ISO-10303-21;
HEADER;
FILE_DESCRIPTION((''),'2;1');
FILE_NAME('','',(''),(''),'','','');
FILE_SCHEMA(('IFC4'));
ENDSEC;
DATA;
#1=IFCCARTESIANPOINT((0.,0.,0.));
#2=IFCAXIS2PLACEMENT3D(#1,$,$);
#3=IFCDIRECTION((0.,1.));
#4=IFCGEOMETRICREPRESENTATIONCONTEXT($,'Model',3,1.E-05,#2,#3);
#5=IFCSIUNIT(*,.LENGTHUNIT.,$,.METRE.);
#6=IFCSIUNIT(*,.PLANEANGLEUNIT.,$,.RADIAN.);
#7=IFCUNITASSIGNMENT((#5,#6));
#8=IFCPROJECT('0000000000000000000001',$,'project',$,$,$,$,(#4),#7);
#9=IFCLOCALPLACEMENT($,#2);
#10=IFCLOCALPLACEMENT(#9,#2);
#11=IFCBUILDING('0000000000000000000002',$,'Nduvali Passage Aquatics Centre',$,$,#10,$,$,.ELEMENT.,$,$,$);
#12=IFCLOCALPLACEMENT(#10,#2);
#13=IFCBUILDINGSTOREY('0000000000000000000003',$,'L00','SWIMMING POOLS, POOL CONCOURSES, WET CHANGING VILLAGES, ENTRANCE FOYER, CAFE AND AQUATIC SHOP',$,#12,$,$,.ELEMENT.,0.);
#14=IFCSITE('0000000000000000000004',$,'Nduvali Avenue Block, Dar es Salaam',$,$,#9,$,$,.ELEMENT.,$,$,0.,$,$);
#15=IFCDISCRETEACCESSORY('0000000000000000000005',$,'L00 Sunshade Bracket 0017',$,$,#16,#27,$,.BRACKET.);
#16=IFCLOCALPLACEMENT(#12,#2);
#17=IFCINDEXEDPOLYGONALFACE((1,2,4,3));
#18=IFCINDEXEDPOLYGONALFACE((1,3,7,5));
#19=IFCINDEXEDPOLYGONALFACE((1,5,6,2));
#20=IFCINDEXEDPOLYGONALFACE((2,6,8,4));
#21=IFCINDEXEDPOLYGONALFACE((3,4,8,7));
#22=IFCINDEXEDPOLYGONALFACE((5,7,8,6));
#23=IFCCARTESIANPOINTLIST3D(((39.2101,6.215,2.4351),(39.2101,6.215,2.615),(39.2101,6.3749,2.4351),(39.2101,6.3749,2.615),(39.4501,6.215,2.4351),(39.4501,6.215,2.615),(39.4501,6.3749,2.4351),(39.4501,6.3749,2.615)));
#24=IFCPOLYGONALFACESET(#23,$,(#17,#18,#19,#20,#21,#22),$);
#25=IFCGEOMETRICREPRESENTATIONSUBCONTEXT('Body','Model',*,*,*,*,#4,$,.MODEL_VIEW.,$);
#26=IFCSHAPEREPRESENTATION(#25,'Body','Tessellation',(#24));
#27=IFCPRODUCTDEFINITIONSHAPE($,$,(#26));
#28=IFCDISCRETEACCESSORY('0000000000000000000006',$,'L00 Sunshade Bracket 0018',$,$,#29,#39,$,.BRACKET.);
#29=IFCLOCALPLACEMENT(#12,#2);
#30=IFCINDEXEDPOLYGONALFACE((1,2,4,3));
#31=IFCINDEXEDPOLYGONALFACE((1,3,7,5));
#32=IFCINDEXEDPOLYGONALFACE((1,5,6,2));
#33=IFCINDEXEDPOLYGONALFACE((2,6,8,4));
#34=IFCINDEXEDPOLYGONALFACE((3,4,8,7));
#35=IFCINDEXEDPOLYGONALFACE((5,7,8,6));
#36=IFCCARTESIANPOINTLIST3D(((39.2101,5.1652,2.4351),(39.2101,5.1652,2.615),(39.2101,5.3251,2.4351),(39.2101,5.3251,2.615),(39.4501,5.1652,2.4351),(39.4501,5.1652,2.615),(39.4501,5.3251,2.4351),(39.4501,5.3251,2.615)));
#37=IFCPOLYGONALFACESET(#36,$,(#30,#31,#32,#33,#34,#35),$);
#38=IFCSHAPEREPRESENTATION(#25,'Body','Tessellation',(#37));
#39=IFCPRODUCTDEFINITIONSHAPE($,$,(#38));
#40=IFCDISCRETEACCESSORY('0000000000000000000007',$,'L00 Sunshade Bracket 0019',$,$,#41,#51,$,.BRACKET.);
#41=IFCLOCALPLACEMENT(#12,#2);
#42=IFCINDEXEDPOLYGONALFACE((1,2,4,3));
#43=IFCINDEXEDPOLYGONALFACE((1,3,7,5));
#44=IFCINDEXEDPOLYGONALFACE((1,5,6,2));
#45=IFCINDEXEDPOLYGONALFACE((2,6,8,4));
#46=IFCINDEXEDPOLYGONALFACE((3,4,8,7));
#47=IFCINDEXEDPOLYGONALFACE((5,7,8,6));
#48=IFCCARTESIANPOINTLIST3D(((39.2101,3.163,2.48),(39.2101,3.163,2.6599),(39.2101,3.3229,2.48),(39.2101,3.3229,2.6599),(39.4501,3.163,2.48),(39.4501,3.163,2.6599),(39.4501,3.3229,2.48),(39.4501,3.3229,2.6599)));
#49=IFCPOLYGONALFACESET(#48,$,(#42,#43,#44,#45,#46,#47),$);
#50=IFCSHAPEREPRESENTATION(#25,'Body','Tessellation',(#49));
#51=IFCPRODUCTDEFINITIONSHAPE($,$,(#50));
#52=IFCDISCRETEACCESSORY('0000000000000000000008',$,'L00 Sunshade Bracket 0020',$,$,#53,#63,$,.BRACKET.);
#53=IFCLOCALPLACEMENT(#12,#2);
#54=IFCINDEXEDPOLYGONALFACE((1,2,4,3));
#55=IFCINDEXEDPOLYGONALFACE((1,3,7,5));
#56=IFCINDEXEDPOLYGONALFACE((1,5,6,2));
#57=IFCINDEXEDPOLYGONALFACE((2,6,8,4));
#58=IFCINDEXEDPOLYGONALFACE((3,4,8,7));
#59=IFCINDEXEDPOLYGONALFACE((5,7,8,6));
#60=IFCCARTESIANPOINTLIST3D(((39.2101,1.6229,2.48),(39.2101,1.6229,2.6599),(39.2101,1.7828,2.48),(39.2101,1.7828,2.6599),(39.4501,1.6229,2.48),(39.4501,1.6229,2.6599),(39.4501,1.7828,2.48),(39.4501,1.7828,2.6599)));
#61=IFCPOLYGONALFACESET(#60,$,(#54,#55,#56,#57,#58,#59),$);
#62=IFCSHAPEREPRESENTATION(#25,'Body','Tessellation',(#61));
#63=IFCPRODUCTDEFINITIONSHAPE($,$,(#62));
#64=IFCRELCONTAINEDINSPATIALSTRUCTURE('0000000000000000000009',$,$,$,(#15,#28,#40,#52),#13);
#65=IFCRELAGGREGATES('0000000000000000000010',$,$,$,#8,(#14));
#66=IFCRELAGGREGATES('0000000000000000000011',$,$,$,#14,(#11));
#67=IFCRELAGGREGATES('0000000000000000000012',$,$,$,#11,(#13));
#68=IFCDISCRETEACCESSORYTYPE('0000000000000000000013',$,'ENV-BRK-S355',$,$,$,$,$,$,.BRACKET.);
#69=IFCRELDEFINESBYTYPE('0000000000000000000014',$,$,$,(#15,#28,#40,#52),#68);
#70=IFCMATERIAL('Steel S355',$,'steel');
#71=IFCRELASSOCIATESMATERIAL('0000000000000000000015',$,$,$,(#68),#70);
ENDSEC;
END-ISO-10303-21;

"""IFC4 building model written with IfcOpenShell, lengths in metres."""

from ifc_helpers import new_model, si_unit, direction, frame, origin, origin_2d, place, context, subcontext, project, spatial, rectangle, extrude, material, type_object, element, save


model = new_model("IFC4")

# Units and contexts
model_context = context("Model", 3, precision=1e-05, world=origin(), true_north=direction((0.0, 1.0)))
body_context = subcontext(model_context, "Body", "Model", "MODEL_VIEW")
ifc_project = project(units=[si_unit("LENGTHUNIT", "METRE"), si_unit("PLANEANGLEUNIT", "RADIAN")], contexts=[model_context])

# Site, building, storey
site_placement = place(None, origin())
site = spatial("IfcSite", under=ifc_project, at=site_placement, Name="Nduvali Avenue Block, Dar es Salaam", CompositionType="ELEMENT", RefElevation=0.0)
building_placement = place(site_placement, origin())
building = spatial("IfcBuilding", under=site, at=building_placement, Name="Nduvali Passage Aquatics Centre", CompositionType="ELEMENT")
storey_placement = place(building_placement, origin())
storey = spatial("IfcBuildingStorey", under=building, at=storey_placement, Name="L00", Description="SWIMMING POOLS, POOL CONCOURSES, WET CHANGING VILLAGES, ENTRANCE FOYER, CAFE AND AQUATIC SHOP", CompositionType="ELEMENT", Elevation=0.0)

# Discrete accessories
ifc_material_1 = material(Name="Steel S355", Category="steel")
discrete_accessory_type = type_object("IfcDiscreteAccessoryType", Name="ENV-BRK-S355", PredefinedType="BRACKET", material=ifc_material_1)
for number, where, z_axis, x_axis, name in (
    (1, (39.3301, 6.2949, 2.4351), (0.0, 0.0, 1.0), (0.0, -1.0, 0.0), "L00 Sunshade Bracket 0017"),
    (2, (39.3301, 5.2451, 2.4351), (0.0, 0.0, 1.0), (0.0, -1.0, 0.0), "L00 Sunshade Bracket 0018"),
    (3, (39.3301, 3.2429, 2.48), (0.0, 0.0, 1.0), (0.0, -1.0, 0.0), "L00 Sunshade Bracket 0019"),
    (4, (39.3301, 1.7029, 2.48), (0.0, 0.0, 1.0), (0.0, -1.0, 0.0), "L00 Sunshade Bracket 0020"),
):
    element("IfcDiscreteAccessory", number, at=place(storey_placement, frame(where, z_axis=z_axis, x_axis=x_axis)), inside=storey, type_object=discrete_accessory_type, Name=name, PredefinedType="BRACKET", context=body_context, shape_type="SweptSolid", body=[
        extrude(rectangle(XDim=0.1599, YDim=0.24, at=origin_2d()), origin(), (0.0, 0.0, 1.0), 0.1799),
    ])

save(model, "model.ifc")
